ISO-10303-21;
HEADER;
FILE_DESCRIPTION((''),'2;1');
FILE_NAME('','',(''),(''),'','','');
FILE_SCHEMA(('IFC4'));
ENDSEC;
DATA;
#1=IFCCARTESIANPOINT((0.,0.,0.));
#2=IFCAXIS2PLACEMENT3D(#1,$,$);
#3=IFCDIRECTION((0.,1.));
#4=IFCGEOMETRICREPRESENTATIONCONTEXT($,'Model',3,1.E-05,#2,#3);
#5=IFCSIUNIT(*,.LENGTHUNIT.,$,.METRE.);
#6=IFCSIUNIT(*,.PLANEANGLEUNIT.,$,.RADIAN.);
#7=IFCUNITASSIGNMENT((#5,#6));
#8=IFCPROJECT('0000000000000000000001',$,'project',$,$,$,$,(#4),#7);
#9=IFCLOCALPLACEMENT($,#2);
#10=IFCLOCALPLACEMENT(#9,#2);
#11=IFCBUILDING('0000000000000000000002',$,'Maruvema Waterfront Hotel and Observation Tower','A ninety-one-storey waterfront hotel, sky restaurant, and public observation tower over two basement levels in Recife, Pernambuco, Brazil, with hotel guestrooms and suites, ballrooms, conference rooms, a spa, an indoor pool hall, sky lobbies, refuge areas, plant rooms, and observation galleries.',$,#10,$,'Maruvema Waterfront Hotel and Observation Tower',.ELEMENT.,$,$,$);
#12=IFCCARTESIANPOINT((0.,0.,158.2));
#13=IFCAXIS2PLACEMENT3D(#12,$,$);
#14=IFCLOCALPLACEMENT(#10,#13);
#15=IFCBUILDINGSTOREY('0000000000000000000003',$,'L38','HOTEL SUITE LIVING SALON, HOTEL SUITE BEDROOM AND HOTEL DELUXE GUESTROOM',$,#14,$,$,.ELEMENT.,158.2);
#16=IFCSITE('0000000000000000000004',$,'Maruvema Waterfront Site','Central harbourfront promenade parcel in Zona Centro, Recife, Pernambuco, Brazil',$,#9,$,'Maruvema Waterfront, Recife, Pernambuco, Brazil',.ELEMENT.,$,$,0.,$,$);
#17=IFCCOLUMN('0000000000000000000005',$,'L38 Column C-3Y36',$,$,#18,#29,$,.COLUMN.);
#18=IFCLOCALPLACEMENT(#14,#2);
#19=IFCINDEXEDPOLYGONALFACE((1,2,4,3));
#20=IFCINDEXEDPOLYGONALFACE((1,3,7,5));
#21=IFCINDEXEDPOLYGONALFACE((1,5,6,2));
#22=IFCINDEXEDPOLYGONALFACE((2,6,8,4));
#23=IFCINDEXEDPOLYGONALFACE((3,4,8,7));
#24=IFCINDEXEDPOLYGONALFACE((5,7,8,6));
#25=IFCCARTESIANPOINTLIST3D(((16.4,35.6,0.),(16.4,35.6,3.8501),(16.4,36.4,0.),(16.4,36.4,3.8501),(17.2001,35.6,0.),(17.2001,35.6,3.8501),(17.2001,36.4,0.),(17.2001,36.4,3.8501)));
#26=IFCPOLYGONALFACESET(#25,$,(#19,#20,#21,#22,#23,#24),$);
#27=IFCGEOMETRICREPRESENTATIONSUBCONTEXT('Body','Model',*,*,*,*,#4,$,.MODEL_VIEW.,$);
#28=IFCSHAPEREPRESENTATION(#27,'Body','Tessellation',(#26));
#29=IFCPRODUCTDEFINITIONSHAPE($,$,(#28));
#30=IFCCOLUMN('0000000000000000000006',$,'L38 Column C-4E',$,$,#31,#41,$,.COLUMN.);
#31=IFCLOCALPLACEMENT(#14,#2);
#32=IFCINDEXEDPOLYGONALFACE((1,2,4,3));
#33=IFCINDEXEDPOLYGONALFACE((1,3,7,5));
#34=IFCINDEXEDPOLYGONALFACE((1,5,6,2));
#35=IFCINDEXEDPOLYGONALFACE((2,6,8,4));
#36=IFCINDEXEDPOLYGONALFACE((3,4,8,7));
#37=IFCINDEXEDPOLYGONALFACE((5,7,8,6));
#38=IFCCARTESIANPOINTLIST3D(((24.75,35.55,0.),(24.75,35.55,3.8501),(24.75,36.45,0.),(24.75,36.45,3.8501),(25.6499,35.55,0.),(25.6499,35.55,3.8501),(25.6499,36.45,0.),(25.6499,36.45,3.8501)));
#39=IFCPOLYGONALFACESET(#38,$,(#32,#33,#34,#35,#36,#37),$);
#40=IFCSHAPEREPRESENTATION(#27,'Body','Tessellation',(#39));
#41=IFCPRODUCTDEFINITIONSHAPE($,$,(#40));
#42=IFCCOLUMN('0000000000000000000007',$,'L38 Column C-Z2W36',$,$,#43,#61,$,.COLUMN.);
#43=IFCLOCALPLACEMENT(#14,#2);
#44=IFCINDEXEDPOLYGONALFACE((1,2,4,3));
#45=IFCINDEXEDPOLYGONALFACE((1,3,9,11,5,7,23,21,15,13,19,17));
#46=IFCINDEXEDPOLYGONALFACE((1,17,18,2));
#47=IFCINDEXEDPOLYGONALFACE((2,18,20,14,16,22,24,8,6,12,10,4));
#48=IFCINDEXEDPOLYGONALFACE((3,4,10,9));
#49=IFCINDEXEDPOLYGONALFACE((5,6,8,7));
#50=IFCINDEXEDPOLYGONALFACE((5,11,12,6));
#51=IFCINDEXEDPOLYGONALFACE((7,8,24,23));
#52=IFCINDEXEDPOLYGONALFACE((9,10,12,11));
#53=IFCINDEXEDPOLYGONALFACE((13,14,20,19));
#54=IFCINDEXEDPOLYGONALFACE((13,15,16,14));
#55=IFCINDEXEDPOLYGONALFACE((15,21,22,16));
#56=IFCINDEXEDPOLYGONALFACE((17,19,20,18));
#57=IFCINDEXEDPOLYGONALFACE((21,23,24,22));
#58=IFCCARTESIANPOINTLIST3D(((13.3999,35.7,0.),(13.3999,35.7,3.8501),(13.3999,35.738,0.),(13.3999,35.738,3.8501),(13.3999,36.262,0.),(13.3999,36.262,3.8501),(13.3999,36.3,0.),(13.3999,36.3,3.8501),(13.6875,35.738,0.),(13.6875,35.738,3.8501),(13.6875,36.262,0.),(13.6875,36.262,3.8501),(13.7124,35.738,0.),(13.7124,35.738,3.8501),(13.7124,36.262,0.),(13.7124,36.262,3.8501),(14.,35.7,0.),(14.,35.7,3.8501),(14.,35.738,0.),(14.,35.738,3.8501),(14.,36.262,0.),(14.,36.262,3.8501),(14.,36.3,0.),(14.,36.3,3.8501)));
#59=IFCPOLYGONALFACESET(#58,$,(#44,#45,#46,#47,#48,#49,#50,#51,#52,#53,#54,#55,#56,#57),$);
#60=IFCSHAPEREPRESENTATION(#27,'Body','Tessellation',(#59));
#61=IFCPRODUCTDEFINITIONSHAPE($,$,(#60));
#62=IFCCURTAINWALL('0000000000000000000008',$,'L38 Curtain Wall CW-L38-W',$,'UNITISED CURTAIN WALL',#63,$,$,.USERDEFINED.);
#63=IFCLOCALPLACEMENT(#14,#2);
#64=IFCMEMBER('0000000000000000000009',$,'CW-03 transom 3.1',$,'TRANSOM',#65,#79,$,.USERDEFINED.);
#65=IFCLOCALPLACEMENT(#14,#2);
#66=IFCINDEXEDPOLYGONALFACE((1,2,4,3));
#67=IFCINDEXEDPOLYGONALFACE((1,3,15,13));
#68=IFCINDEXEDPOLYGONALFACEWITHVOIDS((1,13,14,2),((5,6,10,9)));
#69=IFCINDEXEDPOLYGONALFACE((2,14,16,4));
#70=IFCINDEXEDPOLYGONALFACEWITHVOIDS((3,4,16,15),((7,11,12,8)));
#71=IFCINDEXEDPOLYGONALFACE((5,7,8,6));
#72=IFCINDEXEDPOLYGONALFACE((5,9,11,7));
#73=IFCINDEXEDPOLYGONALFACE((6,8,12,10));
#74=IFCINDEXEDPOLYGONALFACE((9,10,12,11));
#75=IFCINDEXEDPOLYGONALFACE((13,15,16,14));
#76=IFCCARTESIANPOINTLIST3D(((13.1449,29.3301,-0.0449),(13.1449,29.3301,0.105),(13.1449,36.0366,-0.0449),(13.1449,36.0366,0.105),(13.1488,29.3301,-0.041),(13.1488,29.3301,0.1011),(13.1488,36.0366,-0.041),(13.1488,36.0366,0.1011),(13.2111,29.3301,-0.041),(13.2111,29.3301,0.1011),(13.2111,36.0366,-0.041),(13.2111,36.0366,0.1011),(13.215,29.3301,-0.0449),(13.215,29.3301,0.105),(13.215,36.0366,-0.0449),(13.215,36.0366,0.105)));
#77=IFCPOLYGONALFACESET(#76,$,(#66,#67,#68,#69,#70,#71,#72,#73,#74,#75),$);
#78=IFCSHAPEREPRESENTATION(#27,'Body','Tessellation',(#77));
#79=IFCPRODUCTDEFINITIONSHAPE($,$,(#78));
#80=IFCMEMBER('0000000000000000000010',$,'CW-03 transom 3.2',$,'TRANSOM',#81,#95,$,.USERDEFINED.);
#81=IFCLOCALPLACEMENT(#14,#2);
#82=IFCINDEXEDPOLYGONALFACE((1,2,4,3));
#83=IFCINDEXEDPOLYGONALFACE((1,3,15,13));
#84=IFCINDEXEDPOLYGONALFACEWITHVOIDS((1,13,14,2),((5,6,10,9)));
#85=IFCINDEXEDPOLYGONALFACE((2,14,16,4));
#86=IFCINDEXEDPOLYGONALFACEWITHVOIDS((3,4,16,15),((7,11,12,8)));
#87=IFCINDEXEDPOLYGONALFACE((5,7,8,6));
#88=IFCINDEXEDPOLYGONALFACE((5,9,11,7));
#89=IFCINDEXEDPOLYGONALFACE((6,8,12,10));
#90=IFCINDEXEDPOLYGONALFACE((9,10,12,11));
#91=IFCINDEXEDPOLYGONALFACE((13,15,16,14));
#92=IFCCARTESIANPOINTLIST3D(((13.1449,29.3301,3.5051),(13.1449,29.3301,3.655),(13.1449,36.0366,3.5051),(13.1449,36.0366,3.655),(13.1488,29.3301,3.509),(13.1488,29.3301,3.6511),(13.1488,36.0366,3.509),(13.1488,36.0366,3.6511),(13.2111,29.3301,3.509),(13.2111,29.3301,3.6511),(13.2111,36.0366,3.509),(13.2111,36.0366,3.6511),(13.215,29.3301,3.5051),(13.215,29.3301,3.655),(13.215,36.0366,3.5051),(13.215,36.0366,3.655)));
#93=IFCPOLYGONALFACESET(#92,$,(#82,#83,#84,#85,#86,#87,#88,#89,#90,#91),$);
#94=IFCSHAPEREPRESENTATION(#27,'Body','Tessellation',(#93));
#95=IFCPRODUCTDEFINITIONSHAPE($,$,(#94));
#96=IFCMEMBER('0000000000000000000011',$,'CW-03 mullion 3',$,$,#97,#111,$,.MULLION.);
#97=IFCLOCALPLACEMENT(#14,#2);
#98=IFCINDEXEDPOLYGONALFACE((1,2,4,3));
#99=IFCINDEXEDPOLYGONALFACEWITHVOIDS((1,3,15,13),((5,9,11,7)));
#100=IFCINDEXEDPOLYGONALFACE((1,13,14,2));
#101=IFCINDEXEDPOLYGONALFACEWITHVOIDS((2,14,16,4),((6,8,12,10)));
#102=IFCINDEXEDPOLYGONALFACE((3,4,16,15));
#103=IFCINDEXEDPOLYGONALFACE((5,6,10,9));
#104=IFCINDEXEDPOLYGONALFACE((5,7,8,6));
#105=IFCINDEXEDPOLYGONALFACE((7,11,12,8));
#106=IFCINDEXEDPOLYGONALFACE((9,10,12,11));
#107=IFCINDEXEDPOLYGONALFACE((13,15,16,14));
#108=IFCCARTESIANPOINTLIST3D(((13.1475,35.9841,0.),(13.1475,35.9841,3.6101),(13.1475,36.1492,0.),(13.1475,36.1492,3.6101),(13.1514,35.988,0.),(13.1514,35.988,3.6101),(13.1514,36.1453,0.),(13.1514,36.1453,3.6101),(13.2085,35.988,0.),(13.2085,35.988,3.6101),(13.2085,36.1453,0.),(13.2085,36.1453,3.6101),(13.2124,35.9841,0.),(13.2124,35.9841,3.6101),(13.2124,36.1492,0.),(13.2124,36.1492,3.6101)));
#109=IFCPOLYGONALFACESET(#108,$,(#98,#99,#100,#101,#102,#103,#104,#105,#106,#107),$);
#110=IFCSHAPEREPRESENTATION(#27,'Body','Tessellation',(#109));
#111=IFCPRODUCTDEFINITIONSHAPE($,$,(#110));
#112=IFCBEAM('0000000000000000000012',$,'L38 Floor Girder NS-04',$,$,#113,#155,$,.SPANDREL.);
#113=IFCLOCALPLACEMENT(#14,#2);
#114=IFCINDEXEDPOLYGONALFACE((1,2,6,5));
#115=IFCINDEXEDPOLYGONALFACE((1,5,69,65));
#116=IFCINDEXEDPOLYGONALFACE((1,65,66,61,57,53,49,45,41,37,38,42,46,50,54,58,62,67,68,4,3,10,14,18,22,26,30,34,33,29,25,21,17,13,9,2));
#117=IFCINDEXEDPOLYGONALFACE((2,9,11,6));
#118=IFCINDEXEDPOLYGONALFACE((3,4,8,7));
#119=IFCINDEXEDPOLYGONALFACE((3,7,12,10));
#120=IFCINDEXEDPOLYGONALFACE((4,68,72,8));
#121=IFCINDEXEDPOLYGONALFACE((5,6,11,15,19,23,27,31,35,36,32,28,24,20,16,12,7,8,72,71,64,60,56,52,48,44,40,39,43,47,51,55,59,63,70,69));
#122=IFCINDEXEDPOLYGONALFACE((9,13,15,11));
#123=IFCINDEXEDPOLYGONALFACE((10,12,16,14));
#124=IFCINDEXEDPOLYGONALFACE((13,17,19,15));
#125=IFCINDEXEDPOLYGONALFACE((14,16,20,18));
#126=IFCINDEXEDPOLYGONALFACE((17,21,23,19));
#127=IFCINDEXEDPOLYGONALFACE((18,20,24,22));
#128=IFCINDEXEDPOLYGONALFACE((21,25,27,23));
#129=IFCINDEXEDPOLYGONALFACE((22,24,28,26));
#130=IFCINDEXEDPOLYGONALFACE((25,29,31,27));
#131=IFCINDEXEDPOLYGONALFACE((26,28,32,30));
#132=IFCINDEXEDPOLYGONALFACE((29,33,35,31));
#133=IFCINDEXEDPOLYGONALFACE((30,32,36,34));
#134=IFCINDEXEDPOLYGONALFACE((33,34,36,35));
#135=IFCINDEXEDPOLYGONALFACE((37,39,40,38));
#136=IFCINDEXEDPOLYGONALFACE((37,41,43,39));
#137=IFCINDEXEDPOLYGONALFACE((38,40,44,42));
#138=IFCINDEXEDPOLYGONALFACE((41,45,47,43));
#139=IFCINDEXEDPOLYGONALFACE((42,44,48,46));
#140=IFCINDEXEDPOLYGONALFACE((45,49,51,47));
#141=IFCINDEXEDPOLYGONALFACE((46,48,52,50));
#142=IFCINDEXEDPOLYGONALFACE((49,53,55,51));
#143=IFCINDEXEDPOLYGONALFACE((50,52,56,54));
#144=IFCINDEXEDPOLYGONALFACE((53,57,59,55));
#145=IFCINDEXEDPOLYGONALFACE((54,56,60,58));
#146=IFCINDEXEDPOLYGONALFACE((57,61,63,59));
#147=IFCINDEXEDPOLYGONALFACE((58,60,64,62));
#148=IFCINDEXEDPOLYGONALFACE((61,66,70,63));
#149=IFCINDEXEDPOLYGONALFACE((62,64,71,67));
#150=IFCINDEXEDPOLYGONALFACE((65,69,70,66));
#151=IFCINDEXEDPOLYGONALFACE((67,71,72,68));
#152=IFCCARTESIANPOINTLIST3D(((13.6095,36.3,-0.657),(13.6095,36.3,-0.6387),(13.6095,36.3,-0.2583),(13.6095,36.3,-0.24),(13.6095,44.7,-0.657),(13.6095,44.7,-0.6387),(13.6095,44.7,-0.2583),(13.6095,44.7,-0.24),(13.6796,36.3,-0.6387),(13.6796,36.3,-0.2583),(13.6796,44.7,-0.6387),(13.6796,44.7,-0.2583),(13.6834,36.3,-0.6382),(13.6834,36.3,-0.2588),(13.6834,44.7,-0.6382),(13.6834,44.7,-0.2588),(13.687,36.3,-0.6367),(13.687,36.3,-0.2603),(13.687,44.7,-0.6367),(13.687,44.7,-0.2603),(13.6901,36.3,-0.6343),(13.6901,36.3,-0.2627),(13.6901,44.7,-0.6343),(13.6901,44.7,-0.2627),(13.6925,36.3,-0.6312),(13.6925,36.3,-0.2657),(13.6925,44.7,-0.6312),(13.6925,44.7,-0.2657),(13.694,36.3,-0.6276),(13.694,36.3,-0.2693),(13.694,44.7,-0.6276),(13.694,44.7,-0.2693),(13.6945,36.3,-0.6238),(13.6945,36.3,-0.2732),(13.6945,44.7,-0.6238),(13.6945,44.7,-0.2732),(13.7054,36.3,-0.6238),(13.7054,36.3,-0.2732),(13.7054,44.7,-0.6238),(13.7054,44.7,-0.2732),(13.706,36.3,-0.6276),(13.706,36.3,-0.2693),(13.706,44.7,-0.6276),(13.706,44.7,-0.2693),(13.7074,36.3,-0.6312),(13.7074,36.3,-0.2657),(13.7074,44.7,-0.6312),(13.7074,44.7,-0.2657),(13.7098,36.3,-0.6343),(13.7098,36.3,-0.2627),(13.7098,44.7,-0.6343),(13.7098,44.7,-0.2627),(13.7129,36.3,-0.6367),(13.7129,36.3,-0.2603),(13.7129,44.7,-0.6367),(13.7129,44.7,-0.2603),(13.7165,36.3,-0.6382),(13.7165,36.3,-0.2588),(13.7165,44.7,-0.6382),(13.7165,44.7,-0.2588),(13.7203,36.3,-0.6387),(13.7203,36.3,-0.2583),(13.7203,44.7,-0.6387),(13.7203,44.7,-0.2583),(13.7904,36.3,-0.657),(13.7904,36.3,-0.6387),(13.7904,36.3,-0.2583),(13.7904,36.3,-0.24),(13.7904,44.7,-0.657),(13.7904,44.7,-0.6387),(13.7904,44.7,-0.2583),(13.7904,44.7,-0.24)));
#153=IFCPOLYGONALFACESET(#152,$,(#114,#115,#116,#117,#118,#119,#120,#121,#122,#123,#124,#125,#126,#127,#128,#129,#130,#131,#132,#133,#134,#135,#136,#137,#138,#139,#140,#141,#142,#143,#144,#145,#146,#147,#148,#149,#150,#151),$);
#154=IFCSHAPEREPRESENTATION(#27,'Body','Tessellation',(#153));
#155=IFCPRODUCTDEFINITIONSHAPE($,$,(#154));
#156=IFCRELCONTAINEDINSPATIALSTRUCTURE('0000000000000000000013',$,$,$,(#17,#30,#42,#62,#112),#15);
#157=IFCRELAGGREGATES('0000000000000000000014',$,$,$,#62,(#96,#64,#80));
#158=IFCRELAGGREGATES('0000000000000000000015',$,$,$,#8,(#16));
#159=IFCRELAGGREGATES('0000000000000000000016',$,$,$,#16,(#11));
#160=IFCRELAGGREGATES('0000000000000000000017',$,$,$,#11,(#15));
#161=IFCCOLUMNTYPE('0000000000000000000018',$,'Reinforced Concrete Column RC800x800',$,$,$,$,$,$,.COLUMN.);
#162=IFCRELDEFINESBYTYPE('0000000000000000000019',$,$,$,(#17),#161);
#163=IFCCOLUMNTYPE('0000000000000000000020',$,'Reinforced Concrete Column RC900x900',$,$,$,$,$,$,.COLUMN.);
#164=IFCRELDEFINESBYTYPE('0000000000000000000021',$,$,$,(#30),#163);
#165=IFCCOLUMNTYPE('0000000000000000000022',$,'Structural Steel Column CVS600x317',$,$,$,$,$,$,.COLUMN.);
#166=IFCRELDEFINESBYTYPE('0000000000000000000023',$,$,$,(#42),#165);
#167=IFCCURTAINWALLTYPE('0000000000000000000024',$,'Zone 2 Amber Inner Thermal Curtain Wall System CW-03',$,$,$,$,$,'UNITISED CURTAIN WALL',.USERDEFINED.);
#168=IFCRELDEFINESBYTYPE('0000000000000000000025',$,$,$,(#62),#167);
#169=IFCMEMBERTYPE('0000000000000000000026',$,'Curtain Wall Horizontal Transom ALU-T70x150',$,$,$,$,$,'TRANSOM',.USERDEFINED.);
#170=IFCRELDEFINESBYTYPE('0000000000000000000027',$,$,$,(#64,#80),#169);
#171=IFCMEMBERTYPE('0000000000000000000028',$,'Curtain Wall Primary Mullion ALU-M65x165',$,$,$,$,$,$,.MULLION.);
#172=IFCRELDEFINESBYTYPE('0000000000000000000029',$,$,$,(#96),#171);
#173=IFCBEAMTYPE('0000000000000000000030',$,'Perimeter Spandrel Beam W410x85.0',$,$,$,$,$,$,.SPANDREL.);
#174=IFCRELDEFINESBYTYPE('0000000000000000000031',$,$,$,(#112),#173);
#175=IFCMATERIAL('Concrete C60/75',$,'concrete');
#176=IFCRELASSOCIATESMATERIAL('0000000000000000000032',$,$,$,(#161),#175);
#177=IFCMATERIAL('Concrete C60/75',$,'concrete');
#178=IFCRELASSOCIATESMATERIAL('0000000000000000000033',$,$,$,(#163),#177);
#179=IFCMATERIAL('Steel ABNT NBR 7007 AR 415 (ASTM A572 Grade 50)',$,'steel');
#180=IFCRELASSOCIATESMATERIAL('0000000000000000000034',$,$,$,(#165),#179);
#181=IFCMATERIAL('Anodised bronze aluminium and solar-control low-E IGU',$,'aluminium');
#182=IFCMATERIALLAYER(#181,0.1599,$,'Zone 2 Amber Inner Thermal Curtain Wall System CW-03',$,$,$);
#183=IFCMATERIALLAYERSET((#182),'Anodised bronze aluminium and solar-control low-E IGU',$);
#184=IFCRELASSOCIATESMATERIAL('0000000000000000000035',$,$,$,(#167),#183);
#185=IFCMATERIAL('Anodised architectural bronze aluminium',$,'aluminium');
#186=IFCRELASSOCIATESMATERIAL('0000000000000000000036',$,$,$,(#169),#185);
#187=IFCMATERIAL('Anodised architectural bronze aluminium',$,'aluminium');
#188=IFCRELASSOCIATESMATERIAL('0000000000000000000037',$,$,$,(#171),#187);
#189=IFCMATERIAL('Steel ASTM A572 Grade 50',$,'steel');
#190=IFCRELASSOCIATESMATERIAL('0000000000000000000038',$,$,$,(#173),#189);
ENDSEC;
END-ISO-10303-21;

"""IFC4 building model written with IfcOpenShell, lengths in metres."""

from ifc_helpers import new_model, si_unit, direction, frame, origin, origin_2d, place, context, subcontext, project, spatial, rectangle, hollow_rectangle, i_section, extrude, material, layer, layer_set, material_profile, profile_set, type_object, element, aggregate, save


model = new_model("IFC4")

# Units and contexts
model_context = context("Model", 3, precision=1e-05, world=origin(), true_north=direction((0.0, 1.0)))
body_context = subcontext(model_context, "Body", "Model", "MODEL_VIEW")
ifc_project = project(units=[si_unit("LENGTHUNIT", "METRE"), si_unit("PLANEANGLEUNIT", "RADIAN")], contexts=[model_context])

# Site, building, storey
site_placement = place(None, origin())
site = spatial("IfcSite", under=ifc_project, at=site_placement, Name="Maruvema Waterfront Site", Description="Central harbourfront promenade parcel in Zona Centro, Recife, Pernambuco, Brazil", LongName="Maruvema Waterfront, Recife, Pernambuco, Brazil", CompositionType="ELEMENT", RefElevation=0.0)
building_placement = place(site_placement, origin())
building = spatial("IfcBuilding", under=site, at=building_placement, Name="Maruvema Waterfront Hotel and Observation Tower", Description="A ninety-one-storey waterfront hotel, sky restaurant, and public observation tower over two basement levels in Recife, Pernambuco, Brazil, with hotel guestrooms and suites, ballrooms, conference rooms, a spa, an indoor pool hall, sky lobbies, refuge areas, plant rooms, and observation galleries.", LongName="Maruvema Waterfront Hotel and Observation Tower", CompositionType="ELEMENT")
storey_placement = place(building_placement, frame((0.0, 0.0, 158.2)))
storey = spatial("IfcBuildingStorey", under=building, at=storey_placement, Name="L38", Description="HOTEL SUITE LIVING SALON, HOTEL SUITE BEDROOM AND HOTEL DELUXE GUESTROOM", CompositionType="ELEMENT", Elevation=158.2)

# Columns
ifc_material_1 = material(Name="Concrete C60/75", Category="concrete")
ifc_material_profile_1 = material_profile(ifc_material_1, rectangle(XDim=0.8, YDim=0.8, at=origin_2d()), Name="RC800x800")
ifc_profile_set_1 = profile_set([ifc_material_profile_1], Name="Concrete C60/75")
column_type_1 = type_object("IfcColumnType", Name="Reinforced Concrete Column RC800x800", PredefinedType="COLUMN", material=ifc_profile_set_1)
column_1_placement = place(storey_placement, frame((16.8, 36.0, 0.0), z_axis=(0.0, 0.0, 1.0), x_axis=(1.0, 0.0, 0.0)))
element("IfcColumn", 1, at=column_1_placement, inside=storey, type_object=column_type_1, Name="L38 Column C-3Y36", PredefinedType="COLUMN", context=body_context, shape_type="SweptSolid", body=[
    extrude(rectangle(XDim=0.8, YDim=0.8, at=origin_2d()), origin(), (0.0, 0.0, 1.0), 3.8501),
])
ifc_material_2 = material(Name="Concrete C60/75", Category="concrete")
ifc_material_profile_2 = material_profile(ifc_material_2, rectangle(XDim=0.8999, YDim=0.8999, at=origin_2d()), Name="RC900x900")
ifc_profile_set_2 = profile_set([ifc_material_profile_2], Name="Concrete C60/75")
column_type_2 = type_object("IfcColumnType", Name="Reinforced Concrete Column RC900x900", PredefinedType="COLUMN", material=ifc_profile_set_2)
column_2_placement = place(storey_placement, frame((25.2, 36.0, 0.0), z_axis=(0.0, 0.0, 1.0), x_axis=(1.0, 0.0, 0.0)))
element("IfcColumn", 2, at=column_2_placement, inside=storey, type_object=column_type_2, Name="L38 Column C-4E", PredefinedType="COLUMN", context=body_context, shape_type="SweptSolid", body=[
    extrude(rectangle(XDim=0.8999, YDim=0.8999, at=origin_2d()), origin(), (0.0, 0.0, 1.0), 3.8501),
])
ifc_material_3 = material(Name="Steel ABNT NBR 7007 AR 415 (ASTM A572 Grade 50)", Category="steel")
ifc_material_profile_3 = material_profile(ifc_material_3, i_section(OverallWidth=0.6001, OverallDepth=0.6001, WebThickness=0.0249, FlangeThickness=0.0381, at=origin_2d()), Name="CVS600x317")
ifc_profile_set_3 = profile_set([ifc_material_profile_3], Name="Steel ABNT NBR 7007 AR 415 (ASTM A572 Grade 50)")
column_type_3 = type_object("IfcColumnType", Name="Structural Steel Column CVS600x317", PredefinedType="COLUMN", material=ifc_profile_set_3)
column_3_placement = place(storey_placement, frame((13.7, 36.0, 0.0), z_axis=(0.0, 0.0, 1.0), x_axis=(1.0, 0.0, 0.0)))
element("IfcColumn", 3, at=column_3_placement, inside=storey, type_object=column_type_3, Name="L38 Column C-Z2W36", PredefinedType="COLUMN", context=body_context, shape_type="SweptSolid", body=[
    extrude(i_section(OverallWidth=0.6001, OverallDepth=0.6001, WebThickness=0.0249, FlangeThickness=0.0381, at=origin_2d()), origin(), (0.0, 0.0, 1.0), 3.8501),
])

# Curtain wall, members
ifc_material_4 = material(Name="Anodised bronze aluminium and solar-control low-E IGU", Category="aluminium")
ifc_layer_1 = layer(ifc_material_4, 0.1599, Name="Zone 2 Amber Inner Thermal Curtain Wall System CW-03")
ifc_layer_set_1 = layer_set([ifc_layer_1], Name="Anodised bronze aluminium and solar-control low-E IGU")
curtain_wall_type = type_object("IfcCurtainWallType", Name="Zone 2 Amber Inner Thermal Curtain Wall System CW-03", ElementType="UNITISED CURTAIN WALL", PredefinedType="USERDEFINED", material=ifc_layer_set_1)
curtain_wall_placement = place(storey_placement, origin())
curtain_wall = element("IfcCurtainWall", 4, at=curtain_wall_placement, inside=storey, type_object=curtain_wall_type, Name="L38 Curtain Wall CW-L38-W", ObjectType="UNITISED CURTAIN WALL", PredefinedType="USERDEFINED")
ifc_material_5 = material(Name="Anodised architectural bronze aluminium", Category="aluminium")
ifc_material_profile_4 = material_profile(ifc_material_5, hollow_rectangle(XDim=0.0701, YDim=0.1499, WallThickness=0.0039, at=origin_2d()), Name="ALU-T70x150")
ifc_profile_set_4 = profile_set([ifc_material_profile_4], Name="Anodised architectural bronze aluminium")
member_type_1 = type_object("IfcMemberType", Name="Curtain Wall Horizontal Transom ALU-T70x150", ElementType="TRANSOM", PredefinedType="USERDEFINED", material=ifc_profile_set_4)
member_1_placement = place(storey_placement, frame((13.1799, 36.0366, 0.03), z_axis=(0.0, -1.0, 0.0), x_axis=(1.0, 0.0, 0.0)))
member_1 = element("IfcMember", 5, at=member_1_placement, type_object=member_type_1, Name="CW-03 transom 3.1", ObjectType="TRANSOM", PredefinedType="USERDEFINED", context=body_context, shape_type="SweptSolid", body=[
    extrude(hollow_rectangle(XDim=0.0701, YDim=0.1499, WallThickness=0.0039, at=origin_2d()), origin(), (0.0, 0.0, 1.0), 6.7065),
])
member_2_placement = place(storey_placement, frame((13.1799, 36.0366, 3.5801), z_axis=(0.0, -1.0, 0.0), x_axis=(1.0, 0.0, 0.0)))
member_2 = element("IfcMember", 6, at=member_2_placement, type_object=member_type_1, Name="CW-03 transom 3.2", ObjectType="TRANSOM", PredefinedType="USERDEFINED", context=body_context, shape_type="SweptSolid", body=[
    extrude(hollow_rectangle(XDim=0.0701, YDim=0.1499, WallThickness=0.0039, at=origin_2d()), origin(), (0.0, 0.0, 1.0), 6.7065),
])
ifc_material_6 = material(Name="Anodised architectural bronze aluminium", Category="aluminium")
ifc_material_profile_5 = material_profile(ifc_material_6, hollow_rectangle(XDim=0.0649, YDim=0.165, WallThickness=0.0039, at=origin_2d()), Name="ALU-M65x165")
ifc_profile_set_5 = profile_set([ifc_material_profile_5], Name="Anodised architectural bronze aluminium")
member_type_2 = type_object("IfcMemberType", Name="Curtain Wall Primary Mullion ALU-M65x165", PredefinedType="MULLION", material=ifc_profile_set_5)
member_3_placement = place(storey_placement, frame((13.1799, 36.0667, 0.0), z_axis=(0.0, 0.0, 1.0), x_axis=(1.0, 0.0, 0.0)))
member_3 = element("IfcMember", 7, at=member_3_placement, type_object=member_type_2, Name="CW-03 mullion 3", PredefinedType="MULLION", context=body_context, shape_type="SweptSolid", body=[
    extrude(hollow_rectangle(XDim=0.0649, YDim=0.165, WallThickness=0.0039, at=origin_2d()), origin(), (0.0, 0.0, 1.0), 3.6101),
])

# Beam
ifc_material_7 = material(Name="Steel ASTM A572 Grade 50", Category="steel")
ifc_material_profile_6 = material_profile(ifc_material_7, i_section(OverallWidth=0.1809, OverallDepth=0.417, WebThickness=0.011, FlangeThickness=0.0183, FilletRadius=0.0149, at=origin_2d()), Name="W410x85.0")
ifc_profile_set_6 = profile_set([ifc_material_profile_6], Name="Steel ASTM A572 Grade 50")
beam_type_1 = type_object("IfcBeamType", Name="Perimeter Spandrel Beam W410x85.0", PredefinedType="SPANDREL", material=ifc_profile_set_6)
beam_1_placement = place(storey_placement, frame((13.7, 36.3, -0.4485), z_axis=(0.0, 1.0, 0.0), x_axis=(-1.0, 0.0, 0.0)))
element("IfcBeam", 8, at=beam_1_placement, inside=storey, type_object=beam_type_1, Name="L38 Floor Girder NS-04", PredefinedType="SPANDREL", context=body_context, shape_type="SweptSolid", body=[
    extrude(i_section(OverallWidth=0.1809, OverallDepth=0.417, WebThickness=0.011, FlangeThickness=0.0183, FilletRadius=0.0149, at=origin_2d()), origin(), (0.0, 0.0, 1.0), 8.3999),
])

aggregate(curtain_wall, [member_3, member_1, member_2])

save(model, "model.ifc")
